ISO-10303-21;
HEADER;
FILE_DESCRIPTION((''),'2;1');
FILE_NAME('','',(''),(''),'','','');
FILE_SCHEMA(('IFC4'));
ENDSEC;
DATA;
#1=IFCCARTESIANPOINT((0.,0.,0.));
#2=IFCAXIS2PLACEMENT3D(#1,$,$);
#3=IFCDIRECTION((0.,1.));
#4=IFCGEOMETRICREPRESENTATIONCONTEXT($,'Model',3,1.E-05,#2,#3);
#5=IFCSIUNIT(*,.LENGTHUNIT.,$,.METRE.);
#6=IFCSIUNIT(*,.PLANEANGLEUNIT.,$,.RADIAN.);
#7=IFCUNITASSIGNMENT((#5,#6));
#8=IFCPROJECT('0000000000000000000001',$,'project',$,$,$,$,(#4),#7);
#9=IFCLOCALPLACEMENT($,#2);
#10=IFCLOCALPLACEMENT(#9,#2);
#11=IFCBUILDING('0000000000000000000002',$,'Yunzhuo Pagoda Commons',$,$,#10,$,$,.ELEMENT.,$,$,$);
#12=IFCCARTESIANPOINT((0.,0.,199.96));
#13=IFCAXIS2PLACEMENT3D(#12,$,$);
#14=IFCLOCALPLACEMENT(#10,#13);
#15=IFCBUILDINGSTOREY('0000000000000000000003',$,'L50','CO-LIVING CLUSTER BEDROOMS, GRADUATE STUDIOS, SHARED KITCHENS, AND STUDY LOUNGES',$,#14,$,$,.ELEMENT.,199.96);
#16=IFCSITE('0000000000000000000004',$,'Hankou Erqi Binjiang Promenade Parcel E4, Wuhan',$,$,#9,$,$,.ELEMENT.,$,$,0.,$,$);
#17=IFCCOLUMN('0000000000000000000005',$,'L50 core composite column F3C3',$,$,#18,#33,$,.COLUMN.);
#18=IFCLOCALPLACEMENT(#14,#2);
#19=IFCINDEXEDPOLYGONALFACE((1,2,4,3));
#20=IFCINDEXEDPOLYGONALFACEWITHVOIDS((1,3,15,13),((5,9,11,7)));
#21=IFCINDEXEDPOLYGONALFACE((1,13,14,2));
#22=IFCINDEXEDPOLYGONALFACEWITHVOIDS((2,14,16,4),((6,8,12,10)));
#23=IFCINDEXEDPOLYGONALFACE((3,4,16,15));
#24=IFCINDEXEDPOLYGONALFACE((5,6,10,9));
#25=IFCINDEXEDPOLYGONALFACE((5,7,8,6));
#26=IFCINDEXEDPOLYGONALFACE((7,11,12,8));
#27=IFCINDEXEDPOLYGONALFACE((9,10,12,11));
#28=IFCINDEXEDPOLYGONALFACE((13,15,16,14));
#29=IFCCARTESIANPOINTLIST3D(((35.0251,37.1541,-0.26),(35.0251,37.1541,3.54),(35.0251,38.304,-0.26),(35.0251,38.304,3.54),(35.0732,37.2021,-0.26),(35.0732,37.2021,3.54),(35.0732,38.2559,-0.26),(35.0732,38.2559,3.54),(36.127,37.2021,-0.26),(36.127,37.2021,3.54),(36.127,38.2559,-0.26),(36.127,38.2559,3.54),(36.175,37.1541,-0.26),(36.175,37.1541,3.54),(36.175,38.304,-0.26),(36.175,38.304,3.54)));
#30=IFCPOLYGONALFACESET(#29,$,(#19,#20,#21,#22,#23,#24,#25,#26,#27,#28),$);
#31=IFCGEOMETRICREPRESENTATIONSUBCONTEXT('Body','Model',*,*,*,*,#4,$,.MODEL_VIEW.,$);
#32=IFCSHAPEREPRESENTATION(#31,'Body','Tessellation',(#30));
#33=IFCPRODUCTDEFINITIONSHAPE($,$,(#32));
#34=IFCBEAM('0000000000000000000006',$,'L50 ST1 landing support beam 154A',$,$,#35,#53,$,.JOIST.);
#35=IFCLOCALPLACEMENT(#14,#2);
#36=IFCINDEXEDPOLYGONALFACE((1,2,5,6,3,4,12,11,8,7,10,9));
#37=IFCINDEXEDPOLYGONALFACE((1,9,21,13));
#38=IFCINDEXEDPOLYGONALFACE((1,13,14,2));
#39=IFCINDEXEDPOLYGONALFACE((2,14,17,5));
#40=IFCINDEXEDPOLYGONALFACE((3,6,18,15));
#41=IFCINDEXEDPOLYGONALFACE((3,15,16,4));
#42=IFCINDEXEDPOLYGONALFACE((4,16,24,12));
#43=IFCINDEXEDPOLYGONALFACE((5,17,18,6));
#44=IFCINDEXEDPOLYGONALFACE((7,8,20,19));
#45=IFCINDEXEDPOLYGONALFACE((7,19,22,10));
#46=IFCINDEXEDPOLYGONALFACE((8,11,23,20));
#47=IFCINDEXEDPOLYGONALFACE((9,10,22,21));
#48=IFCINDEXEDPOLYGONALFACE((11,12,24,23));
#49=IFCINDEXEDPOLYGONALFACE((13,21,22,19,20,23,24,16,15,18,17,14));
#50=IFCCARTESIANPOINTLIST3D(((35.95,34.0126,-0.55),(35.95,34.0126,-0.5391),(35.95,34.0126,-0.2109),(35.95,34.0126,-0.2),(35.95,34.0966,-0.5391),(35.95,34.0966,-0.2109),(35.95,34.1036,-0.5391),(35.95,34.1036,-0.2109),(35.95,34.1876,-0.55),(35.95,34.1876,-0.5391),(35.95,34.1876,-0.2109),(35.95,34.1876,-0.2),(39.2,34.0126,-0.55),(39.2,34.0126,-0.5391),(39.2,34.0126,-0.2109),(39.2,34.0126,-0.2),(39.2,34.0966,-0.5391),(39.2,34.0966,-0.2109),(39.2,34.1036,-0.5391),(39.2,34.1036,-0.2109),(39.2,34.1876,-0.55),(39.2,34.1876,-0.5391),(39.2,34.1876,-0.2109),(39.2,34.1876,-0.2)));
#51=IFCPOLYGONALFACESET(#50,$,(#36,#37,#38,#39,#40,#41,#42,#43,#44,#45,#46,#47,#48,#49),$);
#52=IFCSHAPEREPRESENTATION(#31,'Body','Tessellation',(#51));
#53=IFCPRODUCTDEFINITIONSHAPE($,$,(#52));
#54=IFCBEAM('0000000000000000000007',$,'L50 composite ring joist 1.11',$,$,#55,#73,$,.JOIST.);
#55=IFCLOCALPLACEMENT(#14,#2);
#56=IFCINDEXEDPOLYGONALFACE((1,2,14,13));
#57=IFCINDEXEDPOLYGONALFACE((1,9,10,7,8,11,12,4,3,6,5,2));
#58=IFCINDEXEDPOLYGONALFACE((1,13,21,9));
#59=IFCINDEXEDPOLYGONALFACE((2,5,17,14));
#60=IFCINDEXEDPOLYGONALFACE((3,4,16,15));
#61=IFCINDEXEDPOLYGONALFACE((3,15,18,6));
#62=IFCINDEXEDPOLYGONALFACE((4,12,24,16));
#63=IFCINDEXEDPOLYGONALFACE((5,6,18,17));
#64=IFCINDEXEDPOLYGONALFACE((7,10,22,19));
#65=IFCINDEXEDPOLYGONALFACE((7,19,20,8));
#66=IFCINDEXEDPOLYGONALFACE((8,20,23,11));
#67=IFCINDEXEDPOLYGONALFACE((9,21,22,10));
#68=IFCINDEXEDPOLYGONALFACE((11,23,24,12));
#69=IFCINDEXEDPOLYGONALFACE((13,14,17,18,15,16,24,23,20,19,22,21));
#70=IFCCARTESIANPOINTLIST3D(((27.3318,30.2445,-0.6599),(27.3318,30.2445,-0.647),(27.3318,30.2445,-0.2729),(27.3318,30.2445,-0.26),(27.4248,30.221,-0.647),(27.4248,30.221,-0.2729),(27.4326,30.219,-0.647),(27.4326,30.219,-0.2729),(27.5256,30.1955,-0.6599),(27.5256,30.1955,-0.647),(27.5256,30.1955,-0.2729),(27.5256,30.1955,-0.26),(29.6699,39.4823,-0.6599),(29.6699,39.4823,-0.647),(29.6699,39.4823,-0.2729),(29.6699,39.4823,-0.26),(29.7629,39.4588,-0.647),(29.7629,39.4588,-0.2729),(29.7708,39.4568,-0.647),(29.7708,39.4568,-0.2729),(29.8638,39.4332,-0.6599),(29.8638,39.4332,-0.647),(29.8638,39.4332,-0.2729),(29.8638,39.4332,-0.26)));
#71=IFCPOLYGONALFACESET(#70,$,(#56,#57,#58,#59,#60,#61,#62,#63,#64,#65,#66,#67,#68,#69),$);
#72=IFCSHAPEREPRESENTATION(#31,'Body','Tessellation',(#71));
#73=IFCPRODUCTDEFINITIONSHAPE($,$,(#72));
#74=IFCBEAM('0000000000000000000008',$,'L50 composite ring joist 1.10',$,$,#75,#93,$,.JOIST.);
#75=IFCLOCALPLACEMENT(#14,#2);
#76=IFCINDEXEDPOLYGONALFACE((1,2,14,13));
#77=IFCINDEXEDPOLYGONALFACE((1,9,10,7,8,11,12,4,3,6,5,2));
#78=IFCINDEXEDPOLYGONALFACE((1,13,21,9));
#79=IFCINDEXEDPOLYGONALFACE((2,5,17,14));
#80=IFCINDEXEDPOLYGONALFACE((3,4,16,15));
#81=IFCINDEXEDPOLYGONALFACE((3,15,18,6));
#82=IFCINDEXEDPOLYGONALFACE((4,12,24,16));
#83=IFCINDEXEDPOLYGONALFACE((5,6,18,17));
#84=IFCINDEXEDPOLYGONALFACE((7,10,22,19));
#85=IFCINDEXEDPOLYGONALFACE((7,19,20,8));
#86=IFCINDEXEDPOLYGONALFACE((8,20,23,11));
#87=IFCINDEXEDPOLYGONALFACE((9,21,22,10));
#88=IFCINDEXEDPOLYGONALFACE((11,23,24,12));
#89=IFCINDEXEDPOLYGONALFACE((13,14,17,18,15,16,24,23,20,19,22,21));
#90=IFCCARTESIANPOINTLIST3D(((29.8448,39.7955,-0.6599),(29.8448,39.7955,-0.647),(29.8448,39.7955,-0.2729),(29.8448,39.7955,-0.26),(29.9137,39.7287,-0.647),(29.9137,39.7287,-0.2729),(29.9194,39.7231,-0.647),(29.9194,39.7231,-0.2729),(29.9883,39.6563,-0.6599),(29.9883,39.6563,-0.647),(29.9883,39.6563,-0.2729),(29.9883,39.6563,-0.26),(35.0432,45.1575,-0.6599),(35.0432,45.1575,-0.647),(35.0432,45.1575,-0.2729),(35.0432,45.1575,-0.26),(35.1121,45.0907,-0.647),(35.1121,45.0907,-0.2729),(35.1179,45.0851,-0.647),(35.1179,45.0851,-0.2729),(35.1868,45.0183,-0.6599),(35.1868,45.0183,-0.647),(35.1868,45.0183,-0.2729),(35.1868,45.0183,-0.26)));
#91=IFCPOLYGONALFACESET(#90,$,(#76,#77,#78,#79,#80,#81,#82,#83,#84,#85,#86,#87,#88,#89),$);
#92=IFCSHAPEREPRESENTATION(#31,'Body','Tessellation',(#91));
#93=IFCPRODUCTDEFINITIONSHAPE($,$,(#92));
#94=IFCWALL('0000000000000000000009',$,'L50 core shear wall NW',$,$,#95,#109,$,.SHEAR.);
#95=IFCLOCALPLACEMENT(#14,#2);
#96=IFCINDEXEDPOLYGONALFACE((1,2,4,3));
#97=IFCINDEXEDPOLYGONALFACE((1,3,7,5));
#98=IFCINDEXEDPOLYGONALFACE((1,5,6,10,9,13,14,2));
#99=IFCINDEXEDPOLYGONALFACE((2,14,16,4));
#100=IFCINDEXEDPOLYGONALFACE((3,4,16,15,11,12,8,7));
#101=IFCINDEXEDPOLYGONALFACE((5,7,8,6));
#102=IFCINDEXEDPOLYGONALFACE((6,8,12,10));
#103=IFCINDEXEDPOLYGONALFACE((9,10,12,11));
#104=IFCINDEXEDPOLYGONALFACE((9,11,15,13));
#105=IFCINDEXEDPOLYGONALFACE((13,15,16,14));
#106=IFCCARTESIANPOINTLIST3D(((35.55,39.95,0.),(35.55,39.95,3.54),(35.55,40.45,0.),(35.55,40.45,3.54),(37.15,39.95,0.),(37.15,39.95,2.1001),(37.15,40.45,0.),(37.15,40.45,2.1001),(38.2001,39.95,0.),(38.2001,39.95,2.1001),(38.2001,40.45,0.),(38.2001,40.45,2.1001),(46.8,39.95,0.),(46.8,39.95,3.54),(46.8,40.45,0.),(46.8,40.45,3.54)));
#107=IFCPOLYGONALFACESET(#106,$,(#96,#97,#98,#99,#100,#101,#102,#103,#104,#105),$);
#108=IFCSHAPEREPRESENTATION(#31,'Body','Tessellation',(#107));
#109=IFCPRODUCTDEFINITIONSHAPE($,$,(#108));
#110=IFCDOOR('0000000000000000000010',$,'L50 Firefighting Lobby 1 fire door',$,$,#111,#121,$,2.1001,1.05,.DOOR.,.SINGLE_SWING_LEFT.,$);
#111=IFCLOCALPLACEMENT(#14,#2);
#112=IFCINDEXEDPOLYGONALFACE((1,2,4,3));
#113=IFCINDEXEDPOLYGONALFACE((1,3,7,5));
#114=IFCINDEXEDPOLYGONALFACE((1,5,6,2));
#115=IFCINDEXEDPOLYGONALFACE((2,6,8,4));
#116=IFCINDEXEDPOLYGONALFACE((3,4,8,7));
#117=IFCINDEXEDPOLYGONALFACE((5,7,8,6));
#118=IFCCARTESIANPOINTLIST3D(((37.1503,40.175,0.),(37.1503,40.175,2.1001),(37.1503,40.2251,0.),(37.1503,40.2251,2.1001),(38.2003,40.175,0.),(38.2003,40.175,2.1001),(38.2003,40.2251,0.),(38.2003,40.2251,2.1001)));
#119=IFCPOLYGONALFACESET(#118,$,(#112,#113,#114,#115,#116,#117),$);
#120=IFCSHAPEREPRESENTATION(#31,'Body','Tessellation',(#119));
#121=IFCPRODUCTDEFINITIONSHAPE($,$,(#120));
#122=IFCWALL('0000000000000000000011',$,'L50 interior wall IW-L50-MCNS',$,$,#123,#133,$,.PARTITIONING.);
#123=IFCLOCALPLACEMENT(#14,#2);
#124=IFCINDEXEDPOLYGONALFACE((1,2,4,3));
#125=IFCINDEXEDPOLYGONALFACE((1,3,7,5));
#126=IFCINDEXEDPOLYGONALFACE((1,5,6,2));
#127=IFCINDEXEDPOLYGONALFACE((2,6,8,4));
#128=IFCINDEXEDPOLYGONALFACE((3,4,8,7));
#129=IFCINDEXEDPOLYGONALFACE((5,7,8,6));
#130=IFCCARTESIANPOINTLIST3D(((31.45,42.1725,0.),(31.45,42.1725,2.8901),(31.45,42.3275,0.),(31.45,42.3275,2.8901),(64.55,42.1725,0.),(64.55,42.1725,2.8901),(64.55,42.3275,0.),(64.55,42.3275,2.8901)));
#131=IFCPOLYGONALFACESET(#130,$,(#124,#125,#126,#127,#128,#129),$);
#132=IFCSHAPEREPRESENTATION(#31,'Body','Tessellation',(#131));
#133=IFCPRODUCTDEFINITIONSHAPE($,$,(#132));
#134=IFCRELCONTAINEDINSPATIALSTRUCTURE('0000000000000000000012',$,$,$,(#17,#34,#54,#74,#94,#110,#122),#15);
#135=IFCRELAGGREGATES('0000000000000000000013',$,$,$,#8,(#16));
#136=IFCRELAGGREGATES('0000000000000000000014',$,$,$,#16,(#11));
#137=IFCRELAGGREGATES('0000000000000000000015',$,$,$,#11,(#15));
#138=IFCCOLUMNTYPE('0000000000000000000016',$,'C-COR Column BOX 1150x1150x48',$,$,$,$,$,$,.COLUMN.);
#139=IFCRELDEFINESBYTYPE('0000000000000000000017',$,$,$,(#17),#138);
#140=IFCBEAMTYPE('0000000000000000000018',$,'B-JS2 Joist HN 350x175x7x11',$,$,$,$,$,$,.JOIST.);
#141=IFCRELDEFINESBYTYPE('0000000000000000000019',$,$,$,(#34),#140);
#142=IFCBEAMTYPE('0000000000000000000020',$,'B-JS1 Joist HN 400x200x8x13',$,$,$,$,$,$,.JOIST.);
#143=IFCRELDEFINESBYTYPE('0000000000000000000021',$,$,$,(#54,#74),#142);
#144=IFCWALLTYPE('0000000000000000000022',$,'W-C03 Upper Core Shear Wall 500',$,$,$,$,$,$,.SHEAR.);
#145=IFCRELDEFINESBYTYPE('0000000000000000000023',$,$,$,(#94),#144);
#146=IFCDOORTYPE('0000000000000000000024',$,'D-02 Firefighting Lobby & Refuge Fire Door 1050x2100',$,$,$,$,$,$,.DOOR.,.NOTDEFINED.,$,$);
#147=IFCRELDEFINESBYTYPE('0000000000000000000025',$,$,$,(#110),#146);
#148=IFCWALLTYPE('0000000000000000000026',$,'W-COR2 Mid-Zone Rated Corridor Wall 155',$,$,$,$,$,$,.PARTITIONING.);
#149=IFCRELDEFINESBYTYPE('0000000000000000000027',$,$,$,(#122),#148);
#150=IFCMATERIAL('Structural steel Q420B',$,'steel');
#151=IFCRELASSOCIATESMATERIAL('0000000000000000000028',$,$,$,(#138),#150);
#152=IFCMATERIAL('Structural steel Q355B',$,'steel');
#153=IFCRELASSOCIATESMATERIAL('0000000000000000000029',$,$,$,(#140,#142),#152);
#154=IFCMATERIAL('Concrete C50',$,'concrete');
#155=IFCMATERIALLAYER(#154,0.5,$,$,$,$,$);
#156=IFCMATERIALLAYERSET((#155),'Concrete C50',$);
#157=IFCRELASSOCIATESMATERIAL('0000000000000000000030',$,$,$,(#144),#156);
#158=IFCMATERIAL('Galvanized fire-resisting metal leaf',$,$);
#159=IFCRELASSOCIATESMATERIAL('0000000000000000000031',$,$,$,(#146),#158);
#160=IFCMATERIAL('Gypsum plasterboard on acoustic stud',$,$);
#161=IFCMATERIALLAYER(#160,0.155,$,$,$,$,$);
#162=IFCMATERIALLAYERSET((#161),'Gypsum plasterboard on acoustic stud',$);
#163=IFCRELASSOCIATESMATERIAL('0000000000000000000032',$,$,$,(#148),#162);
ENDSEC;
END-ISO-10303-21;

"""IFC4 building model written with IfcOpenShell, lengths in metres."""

from ifc_helpers import new_model, si_unit, direction, frame, frame_2d, origin, origin_2d, place, context, subcontext, project, spatial, rectangle, hollow_rectangle, i_section, extrude, source, transform, mapped, material, layer, layer_set, material_profile, profile_set, type_object, element, fill, save


model = new_model("IFC4")

# Units and contexts
model_context = context("Model", 3, precision=1e-05, world=origin(), true_north=direction((0.0, 1.0)))
body_context = subcontext(model_context, "Body", "Model", "MODEL_VIEW")
ifc_project = project(units=[si_unit("LENGTHUNIT", "METRE"), si_unit("PLANEANGLEUNIT", "RADIAN")], contexts=[model_context])

# Site, building, storey
site_placement = place(None, origin())
site = spatial("IfcSite", under=ifc_project, at=site_placement, Name="Hankou Erqi Binjiang Promenade Parcel E4, Wuhan", CompositionType="ELEMENT", RefElevation=0.0)
building_placement = place(site_placement, origin())
building = spatial("IfcBuilding", under=site, at=building_placement, Name="Yunzhuo Pagoda Commons", CompositionType="ELEMENT")
storey_placement = place(building_placement, frame((0.0, 0.0, 199.96)))
storey = spatial("IfcBuildingStorey", under=building, at=storey_placement, Name="L50", Description="CO-LIVING CLUSTER BEDROOMS, GRADUATE STUDIOS, SHARED KITCHENS, AND STUDY LOUNGES", CompositionType="ELEMENT", Elevation=199.96)

# Column
ifc_material_1 = material(Name="Structural steel Q420B", Category="steel")
ifc_material_profile_1 = material_profile(ifc_material_1, hollow_rectangle(XDim=1.1499, YDim=1.1499, WallThickness=0.0481, at=origin_2d()), Name="Structural steel Q420B")
ifc_profile_set_1 = profile_set([ifc_material_profile_1], Name="Structural steel Q420B")
column_type = type_object("IfcColumnType", Name="C-COR Column BOX 1150x1150x48", PredefinedType="COLUMN", material=ifc_profile_set_1)
shared_shape_1 = source(origin(), body_context, "Body", "SweptSolid", [
    extrude(hollow_rectangle(XDim=1.1499, YDim=1.1499, WallThickness=0.0481, at=origin_2d()), origin(), (0.0, 0.0, 1.0), 3.8),
])
column_placement = place(storey_placement, frame((35.6001, 37.729, -0.26), z_axis=(0.0, 0.0, 1.0), x_axis=(1.0, 0.0, 0.0)))
element("IfcColumn", 1, at=column_placement, inside=storey, type_object=column_type, Name="L50 core composite column F3C3", PredefinedType="COLUMN", context=body_context, shape_type="MappedRepresentation", body=[
    mapped(shared_shape_1, transform((0.0, 0.0, 0.0), scale=1.0)),
])

# Beams
ifc_material_2 = material(Name="Structural steel Q355B", Category="steel")
ifc_material_profile_2 = material_profile(ifc_material_2, i_section(OverallWidth=0.175, OverallDepth=0.3501, WebThickness=0.0071, FlangeThickness=0.011, at=origin_2d()), Name="Structural steel Q355B")
ifc_profile_set_2 = profile_set([ifc_material_profile_2], Name="Structural steel Q355B")
beam_type_1 = type_object("IfcBeamType", Name="B-JS2 Joist HN 350x175x7x11", PredefinedType="JOIST", material=ifc_profile_set_2)
shared_shape_2 = source(origin(), body_context, "Body", "SweptSolid", [
    extrude(i_section(OverallWidth=0.175, OverallDepth=0.3501, WebThickness=0.0071, FlangeThickness=0.011, at=origin_2d()), origin(), (0.0, 0.0, 1.0), 3.25),
])
beam_1_placement = place(storey_placement, frame((35.95, 34.1001, -0.375), z_axis=(1.0, 0.0, 0.0), x_axis=(0.0, 1.0, 0.0)))
element("IfcBeam", 2, at=beam_1_placement, inside=storey, type_object=beam_type_1, Name="L50 ST1 landing support beam 154A", PredefinedType="JOIST", context=body_context, shape_type="MappedRepresentation", body=[
    mapped(shared_shape_2, transform((0.0, 0.0, 0.0), scale=1.0)),
])
ifc_material_profile_3 = material_profile(ifc_material_2, i_section(OverallWidth=0.2, OverallDepth=0.3999, WebThickness=0.0081, FlangeThickness=0.0129, at=origin_2d()), Name="Structural steel Q355B")
ifc_profile_set_3 = profile_set([ifc_material_profile_3], Name="Structural steel Q355B")
beam_type_2 = type_object("IfcBeamType", Name="B-JS1 Joist HN 400x200x8x13", PredefinedType="JOIST", material=ifc_profile_set_3)
shared_shape_3 = source(origin(), body_context, "Body", "SweptSolid", [
    extrude(i_section(OverallWidth=0.2, OverallDepth=0.3999, WebThickness=0.0081, FlangeThickness=0.0129, at=origin_2d()), origin(), (0.0, 0.0, 1.0), 9.5291),
])
beam_2_placement = place(storey_placement, frame((29.7668, 39.4578, -0.46), z_axis=(-0.245368, -0.96943, 0.0), x_axis=(0.96943, -0.245368, 0.0)))
element("IfcBeam", 3, at=beam_2_placement, inside=storey, type_object=beam_type_2, Name="L50 composite ring joist 1.11", PredefinedType="JOIST", context=body_context, shape_type="MappedRepresentation", body=[
    mapped(shared_shape_3, transform((0.0, 0.0, 0.0), scale=1.0)),
])
shared_shape_4 = source(origin(), body_context, "Body", "SweptSolid", [
    extrude(i_section(OverallWidth=0.2, OverallDepth=0.3999, WebThickness=0.0081, FlangeThickness=0.0129, at=origin_2d()), origin(), (0.0, 0.0, 1.0), 7.4683),
])
beam_3_placement = place(storey_placement, frame((35.115, 45.0879, -0.46), z_axis=(-0.696071, -0.717973, 0.0), x_axis=(0.717973, -0.696071, 0.0)))
element("IfcBeam", 4, at=beam_3_placement, inside=storey, type_object=beam_type_2, Name="L50 composite ring joist 1.10", PredefinedType="JOIST", context=body_context, shape_type="MappedRepresentation", body=[
    mapped(shared_shape_4, transform((0.0, 0.0, 0.0), scale=1.0)),
])

# Wall, opening, door
ifc_material_3 = material(Name="Concrete C50", Category="concrete")
ifc_layer_1 = layer(ifc_material_3, 0.5)
ifc_layer_set_1 = layer_set([ifc_layer_1], Name="Concrete C50")
wall_type_1 = type_object("IfcWallType", Name="W-C03 Upper Core Shear Wall 500", PredefinedType="SHEAR", material=ifc_layer_set_1)
wall_1_placement = place(storey_placement, frame((35.55, 40.2, 0.0), z_axis=(0.0, 0.0, 1.0), x_axis=(1.0, 0.0, 0.0)))
wall_1 = element("IfcWall", 5, at=wall_1_placement, inside=storey, type_object=wall_type_1, Name="L50 core shear wall NW", PredefinedType="SHEAR", context=body_context, shape_type="SweptSolid", body=[
    extrude(rectangle(XDim=11.25, YDim=0.5, at=frame_2d((5.625, 0.0))), origin(), (0.0, 0.0, 1.0), 3.54),
])
opening_1_placement = place(wall_1_placement, frame((1.6001, 0.0, 0.0)))
opening_1 = element("IfcOpeningElement", 6, at=opening_1_placement, cuts=wall_1, PredefinedType="OPENING", context=body_context, shape_type="SweptSolid", body=[
    extrude(rectangle(XDim=1.05, YDim=2.1001, at=frame_2d((0.5249, 1.05))), frame((0.0, 0.26, 0.0), z_axis=(0.0, -1.0, 0.0), x_axis=(1.0, 0.0, 0.0)), (0.0, 0.0, 1.0), 0.52),
])
ifc_material_4 = material(Name="Galvanized fire-resisting metal leaf")
door_type_1 = type_object("IfcDoorType", Name="D-02 Firefighting Lobby & Refuge Fire Door 1050x2100", OperationType="NOTDEFINED", PredefinedType="DOOR", material=ifc_material_4)
shared_shape_5 = source(origin(), body_context, "Body", "SweptSolid", [
    extrude(rectangle(XDim=1.05, YDim=2.1001, at=frame_2d((0.5249, 1.05))), frame((0.0, 0.0249, 0.0), z_axis=(0.0, -1.0, 0.0), x_axis=(1.0, 0.0, 0.0)), (0.0, 0.0, 1.0), 0.05),
])
door_1_placement = place(opening_1_placement, frame((1.05, 0.0, 0.0), z_axis=(0.0, 0.0, 1.0), x_axis=(-1.0, 0.0, 0.0)))
door_1 = element("IfcDoor", 7, at=door_1_placement, inside=storey, type_object=door_type_1, Name="L50 Firefighting Lobby 1 fire door", OperationType="SINGLE_SWING_LEFT", OverallHeight=2.1001, OverallWidth=1.05, PredefinedType="DOOR", context=body_context, shape_type="MappedRepresentation", body=[
    mapped(shared_shape_5, transform((0.0, 0.0, 0.0), scale=1.0)),
])
fill(opening_1, door_1)

# Wall
ifc_material_5 = material(Name="Gypsum plasterboard on acoustic stud")
ifc_layer_2 = layer(ifc_material_5, 0.155)
ifc_layer_set_2 = layer_set([ifc_layer_2], Name="Gypsum plasterboard on acoustic stud")
wall_type_2 = type_object("IfcWallType", Name="W-COR2 Mid-Zone Rated Corridor Wall 155", PredefinedType="PARTITIONING", material=ifc_layer_set_2)
wall_2_placement = place(storey_placement, frame((31.45, 42.25, 0.0), z_axis=(0.0, 0.0, 1.0), x_axis=(1.0, 0.0, 0.0)))
element("IfcWall", 8, at=wall_2_placement, inside=storey, type_object=wall_type_2, Name="L50 interior wall IW-L50-MCNS", PredefinedType="PARTITIONING", context=body_context, shape_type="SweptSolid", body=[
    extrude(rectangle(XDim=33.1001, YDim=0.155, at=frame_2d((16.55, 0.0))), origin(), (0.0, 0.0, 1.0), 2.8901),
])

save(model, "model.ifc")
